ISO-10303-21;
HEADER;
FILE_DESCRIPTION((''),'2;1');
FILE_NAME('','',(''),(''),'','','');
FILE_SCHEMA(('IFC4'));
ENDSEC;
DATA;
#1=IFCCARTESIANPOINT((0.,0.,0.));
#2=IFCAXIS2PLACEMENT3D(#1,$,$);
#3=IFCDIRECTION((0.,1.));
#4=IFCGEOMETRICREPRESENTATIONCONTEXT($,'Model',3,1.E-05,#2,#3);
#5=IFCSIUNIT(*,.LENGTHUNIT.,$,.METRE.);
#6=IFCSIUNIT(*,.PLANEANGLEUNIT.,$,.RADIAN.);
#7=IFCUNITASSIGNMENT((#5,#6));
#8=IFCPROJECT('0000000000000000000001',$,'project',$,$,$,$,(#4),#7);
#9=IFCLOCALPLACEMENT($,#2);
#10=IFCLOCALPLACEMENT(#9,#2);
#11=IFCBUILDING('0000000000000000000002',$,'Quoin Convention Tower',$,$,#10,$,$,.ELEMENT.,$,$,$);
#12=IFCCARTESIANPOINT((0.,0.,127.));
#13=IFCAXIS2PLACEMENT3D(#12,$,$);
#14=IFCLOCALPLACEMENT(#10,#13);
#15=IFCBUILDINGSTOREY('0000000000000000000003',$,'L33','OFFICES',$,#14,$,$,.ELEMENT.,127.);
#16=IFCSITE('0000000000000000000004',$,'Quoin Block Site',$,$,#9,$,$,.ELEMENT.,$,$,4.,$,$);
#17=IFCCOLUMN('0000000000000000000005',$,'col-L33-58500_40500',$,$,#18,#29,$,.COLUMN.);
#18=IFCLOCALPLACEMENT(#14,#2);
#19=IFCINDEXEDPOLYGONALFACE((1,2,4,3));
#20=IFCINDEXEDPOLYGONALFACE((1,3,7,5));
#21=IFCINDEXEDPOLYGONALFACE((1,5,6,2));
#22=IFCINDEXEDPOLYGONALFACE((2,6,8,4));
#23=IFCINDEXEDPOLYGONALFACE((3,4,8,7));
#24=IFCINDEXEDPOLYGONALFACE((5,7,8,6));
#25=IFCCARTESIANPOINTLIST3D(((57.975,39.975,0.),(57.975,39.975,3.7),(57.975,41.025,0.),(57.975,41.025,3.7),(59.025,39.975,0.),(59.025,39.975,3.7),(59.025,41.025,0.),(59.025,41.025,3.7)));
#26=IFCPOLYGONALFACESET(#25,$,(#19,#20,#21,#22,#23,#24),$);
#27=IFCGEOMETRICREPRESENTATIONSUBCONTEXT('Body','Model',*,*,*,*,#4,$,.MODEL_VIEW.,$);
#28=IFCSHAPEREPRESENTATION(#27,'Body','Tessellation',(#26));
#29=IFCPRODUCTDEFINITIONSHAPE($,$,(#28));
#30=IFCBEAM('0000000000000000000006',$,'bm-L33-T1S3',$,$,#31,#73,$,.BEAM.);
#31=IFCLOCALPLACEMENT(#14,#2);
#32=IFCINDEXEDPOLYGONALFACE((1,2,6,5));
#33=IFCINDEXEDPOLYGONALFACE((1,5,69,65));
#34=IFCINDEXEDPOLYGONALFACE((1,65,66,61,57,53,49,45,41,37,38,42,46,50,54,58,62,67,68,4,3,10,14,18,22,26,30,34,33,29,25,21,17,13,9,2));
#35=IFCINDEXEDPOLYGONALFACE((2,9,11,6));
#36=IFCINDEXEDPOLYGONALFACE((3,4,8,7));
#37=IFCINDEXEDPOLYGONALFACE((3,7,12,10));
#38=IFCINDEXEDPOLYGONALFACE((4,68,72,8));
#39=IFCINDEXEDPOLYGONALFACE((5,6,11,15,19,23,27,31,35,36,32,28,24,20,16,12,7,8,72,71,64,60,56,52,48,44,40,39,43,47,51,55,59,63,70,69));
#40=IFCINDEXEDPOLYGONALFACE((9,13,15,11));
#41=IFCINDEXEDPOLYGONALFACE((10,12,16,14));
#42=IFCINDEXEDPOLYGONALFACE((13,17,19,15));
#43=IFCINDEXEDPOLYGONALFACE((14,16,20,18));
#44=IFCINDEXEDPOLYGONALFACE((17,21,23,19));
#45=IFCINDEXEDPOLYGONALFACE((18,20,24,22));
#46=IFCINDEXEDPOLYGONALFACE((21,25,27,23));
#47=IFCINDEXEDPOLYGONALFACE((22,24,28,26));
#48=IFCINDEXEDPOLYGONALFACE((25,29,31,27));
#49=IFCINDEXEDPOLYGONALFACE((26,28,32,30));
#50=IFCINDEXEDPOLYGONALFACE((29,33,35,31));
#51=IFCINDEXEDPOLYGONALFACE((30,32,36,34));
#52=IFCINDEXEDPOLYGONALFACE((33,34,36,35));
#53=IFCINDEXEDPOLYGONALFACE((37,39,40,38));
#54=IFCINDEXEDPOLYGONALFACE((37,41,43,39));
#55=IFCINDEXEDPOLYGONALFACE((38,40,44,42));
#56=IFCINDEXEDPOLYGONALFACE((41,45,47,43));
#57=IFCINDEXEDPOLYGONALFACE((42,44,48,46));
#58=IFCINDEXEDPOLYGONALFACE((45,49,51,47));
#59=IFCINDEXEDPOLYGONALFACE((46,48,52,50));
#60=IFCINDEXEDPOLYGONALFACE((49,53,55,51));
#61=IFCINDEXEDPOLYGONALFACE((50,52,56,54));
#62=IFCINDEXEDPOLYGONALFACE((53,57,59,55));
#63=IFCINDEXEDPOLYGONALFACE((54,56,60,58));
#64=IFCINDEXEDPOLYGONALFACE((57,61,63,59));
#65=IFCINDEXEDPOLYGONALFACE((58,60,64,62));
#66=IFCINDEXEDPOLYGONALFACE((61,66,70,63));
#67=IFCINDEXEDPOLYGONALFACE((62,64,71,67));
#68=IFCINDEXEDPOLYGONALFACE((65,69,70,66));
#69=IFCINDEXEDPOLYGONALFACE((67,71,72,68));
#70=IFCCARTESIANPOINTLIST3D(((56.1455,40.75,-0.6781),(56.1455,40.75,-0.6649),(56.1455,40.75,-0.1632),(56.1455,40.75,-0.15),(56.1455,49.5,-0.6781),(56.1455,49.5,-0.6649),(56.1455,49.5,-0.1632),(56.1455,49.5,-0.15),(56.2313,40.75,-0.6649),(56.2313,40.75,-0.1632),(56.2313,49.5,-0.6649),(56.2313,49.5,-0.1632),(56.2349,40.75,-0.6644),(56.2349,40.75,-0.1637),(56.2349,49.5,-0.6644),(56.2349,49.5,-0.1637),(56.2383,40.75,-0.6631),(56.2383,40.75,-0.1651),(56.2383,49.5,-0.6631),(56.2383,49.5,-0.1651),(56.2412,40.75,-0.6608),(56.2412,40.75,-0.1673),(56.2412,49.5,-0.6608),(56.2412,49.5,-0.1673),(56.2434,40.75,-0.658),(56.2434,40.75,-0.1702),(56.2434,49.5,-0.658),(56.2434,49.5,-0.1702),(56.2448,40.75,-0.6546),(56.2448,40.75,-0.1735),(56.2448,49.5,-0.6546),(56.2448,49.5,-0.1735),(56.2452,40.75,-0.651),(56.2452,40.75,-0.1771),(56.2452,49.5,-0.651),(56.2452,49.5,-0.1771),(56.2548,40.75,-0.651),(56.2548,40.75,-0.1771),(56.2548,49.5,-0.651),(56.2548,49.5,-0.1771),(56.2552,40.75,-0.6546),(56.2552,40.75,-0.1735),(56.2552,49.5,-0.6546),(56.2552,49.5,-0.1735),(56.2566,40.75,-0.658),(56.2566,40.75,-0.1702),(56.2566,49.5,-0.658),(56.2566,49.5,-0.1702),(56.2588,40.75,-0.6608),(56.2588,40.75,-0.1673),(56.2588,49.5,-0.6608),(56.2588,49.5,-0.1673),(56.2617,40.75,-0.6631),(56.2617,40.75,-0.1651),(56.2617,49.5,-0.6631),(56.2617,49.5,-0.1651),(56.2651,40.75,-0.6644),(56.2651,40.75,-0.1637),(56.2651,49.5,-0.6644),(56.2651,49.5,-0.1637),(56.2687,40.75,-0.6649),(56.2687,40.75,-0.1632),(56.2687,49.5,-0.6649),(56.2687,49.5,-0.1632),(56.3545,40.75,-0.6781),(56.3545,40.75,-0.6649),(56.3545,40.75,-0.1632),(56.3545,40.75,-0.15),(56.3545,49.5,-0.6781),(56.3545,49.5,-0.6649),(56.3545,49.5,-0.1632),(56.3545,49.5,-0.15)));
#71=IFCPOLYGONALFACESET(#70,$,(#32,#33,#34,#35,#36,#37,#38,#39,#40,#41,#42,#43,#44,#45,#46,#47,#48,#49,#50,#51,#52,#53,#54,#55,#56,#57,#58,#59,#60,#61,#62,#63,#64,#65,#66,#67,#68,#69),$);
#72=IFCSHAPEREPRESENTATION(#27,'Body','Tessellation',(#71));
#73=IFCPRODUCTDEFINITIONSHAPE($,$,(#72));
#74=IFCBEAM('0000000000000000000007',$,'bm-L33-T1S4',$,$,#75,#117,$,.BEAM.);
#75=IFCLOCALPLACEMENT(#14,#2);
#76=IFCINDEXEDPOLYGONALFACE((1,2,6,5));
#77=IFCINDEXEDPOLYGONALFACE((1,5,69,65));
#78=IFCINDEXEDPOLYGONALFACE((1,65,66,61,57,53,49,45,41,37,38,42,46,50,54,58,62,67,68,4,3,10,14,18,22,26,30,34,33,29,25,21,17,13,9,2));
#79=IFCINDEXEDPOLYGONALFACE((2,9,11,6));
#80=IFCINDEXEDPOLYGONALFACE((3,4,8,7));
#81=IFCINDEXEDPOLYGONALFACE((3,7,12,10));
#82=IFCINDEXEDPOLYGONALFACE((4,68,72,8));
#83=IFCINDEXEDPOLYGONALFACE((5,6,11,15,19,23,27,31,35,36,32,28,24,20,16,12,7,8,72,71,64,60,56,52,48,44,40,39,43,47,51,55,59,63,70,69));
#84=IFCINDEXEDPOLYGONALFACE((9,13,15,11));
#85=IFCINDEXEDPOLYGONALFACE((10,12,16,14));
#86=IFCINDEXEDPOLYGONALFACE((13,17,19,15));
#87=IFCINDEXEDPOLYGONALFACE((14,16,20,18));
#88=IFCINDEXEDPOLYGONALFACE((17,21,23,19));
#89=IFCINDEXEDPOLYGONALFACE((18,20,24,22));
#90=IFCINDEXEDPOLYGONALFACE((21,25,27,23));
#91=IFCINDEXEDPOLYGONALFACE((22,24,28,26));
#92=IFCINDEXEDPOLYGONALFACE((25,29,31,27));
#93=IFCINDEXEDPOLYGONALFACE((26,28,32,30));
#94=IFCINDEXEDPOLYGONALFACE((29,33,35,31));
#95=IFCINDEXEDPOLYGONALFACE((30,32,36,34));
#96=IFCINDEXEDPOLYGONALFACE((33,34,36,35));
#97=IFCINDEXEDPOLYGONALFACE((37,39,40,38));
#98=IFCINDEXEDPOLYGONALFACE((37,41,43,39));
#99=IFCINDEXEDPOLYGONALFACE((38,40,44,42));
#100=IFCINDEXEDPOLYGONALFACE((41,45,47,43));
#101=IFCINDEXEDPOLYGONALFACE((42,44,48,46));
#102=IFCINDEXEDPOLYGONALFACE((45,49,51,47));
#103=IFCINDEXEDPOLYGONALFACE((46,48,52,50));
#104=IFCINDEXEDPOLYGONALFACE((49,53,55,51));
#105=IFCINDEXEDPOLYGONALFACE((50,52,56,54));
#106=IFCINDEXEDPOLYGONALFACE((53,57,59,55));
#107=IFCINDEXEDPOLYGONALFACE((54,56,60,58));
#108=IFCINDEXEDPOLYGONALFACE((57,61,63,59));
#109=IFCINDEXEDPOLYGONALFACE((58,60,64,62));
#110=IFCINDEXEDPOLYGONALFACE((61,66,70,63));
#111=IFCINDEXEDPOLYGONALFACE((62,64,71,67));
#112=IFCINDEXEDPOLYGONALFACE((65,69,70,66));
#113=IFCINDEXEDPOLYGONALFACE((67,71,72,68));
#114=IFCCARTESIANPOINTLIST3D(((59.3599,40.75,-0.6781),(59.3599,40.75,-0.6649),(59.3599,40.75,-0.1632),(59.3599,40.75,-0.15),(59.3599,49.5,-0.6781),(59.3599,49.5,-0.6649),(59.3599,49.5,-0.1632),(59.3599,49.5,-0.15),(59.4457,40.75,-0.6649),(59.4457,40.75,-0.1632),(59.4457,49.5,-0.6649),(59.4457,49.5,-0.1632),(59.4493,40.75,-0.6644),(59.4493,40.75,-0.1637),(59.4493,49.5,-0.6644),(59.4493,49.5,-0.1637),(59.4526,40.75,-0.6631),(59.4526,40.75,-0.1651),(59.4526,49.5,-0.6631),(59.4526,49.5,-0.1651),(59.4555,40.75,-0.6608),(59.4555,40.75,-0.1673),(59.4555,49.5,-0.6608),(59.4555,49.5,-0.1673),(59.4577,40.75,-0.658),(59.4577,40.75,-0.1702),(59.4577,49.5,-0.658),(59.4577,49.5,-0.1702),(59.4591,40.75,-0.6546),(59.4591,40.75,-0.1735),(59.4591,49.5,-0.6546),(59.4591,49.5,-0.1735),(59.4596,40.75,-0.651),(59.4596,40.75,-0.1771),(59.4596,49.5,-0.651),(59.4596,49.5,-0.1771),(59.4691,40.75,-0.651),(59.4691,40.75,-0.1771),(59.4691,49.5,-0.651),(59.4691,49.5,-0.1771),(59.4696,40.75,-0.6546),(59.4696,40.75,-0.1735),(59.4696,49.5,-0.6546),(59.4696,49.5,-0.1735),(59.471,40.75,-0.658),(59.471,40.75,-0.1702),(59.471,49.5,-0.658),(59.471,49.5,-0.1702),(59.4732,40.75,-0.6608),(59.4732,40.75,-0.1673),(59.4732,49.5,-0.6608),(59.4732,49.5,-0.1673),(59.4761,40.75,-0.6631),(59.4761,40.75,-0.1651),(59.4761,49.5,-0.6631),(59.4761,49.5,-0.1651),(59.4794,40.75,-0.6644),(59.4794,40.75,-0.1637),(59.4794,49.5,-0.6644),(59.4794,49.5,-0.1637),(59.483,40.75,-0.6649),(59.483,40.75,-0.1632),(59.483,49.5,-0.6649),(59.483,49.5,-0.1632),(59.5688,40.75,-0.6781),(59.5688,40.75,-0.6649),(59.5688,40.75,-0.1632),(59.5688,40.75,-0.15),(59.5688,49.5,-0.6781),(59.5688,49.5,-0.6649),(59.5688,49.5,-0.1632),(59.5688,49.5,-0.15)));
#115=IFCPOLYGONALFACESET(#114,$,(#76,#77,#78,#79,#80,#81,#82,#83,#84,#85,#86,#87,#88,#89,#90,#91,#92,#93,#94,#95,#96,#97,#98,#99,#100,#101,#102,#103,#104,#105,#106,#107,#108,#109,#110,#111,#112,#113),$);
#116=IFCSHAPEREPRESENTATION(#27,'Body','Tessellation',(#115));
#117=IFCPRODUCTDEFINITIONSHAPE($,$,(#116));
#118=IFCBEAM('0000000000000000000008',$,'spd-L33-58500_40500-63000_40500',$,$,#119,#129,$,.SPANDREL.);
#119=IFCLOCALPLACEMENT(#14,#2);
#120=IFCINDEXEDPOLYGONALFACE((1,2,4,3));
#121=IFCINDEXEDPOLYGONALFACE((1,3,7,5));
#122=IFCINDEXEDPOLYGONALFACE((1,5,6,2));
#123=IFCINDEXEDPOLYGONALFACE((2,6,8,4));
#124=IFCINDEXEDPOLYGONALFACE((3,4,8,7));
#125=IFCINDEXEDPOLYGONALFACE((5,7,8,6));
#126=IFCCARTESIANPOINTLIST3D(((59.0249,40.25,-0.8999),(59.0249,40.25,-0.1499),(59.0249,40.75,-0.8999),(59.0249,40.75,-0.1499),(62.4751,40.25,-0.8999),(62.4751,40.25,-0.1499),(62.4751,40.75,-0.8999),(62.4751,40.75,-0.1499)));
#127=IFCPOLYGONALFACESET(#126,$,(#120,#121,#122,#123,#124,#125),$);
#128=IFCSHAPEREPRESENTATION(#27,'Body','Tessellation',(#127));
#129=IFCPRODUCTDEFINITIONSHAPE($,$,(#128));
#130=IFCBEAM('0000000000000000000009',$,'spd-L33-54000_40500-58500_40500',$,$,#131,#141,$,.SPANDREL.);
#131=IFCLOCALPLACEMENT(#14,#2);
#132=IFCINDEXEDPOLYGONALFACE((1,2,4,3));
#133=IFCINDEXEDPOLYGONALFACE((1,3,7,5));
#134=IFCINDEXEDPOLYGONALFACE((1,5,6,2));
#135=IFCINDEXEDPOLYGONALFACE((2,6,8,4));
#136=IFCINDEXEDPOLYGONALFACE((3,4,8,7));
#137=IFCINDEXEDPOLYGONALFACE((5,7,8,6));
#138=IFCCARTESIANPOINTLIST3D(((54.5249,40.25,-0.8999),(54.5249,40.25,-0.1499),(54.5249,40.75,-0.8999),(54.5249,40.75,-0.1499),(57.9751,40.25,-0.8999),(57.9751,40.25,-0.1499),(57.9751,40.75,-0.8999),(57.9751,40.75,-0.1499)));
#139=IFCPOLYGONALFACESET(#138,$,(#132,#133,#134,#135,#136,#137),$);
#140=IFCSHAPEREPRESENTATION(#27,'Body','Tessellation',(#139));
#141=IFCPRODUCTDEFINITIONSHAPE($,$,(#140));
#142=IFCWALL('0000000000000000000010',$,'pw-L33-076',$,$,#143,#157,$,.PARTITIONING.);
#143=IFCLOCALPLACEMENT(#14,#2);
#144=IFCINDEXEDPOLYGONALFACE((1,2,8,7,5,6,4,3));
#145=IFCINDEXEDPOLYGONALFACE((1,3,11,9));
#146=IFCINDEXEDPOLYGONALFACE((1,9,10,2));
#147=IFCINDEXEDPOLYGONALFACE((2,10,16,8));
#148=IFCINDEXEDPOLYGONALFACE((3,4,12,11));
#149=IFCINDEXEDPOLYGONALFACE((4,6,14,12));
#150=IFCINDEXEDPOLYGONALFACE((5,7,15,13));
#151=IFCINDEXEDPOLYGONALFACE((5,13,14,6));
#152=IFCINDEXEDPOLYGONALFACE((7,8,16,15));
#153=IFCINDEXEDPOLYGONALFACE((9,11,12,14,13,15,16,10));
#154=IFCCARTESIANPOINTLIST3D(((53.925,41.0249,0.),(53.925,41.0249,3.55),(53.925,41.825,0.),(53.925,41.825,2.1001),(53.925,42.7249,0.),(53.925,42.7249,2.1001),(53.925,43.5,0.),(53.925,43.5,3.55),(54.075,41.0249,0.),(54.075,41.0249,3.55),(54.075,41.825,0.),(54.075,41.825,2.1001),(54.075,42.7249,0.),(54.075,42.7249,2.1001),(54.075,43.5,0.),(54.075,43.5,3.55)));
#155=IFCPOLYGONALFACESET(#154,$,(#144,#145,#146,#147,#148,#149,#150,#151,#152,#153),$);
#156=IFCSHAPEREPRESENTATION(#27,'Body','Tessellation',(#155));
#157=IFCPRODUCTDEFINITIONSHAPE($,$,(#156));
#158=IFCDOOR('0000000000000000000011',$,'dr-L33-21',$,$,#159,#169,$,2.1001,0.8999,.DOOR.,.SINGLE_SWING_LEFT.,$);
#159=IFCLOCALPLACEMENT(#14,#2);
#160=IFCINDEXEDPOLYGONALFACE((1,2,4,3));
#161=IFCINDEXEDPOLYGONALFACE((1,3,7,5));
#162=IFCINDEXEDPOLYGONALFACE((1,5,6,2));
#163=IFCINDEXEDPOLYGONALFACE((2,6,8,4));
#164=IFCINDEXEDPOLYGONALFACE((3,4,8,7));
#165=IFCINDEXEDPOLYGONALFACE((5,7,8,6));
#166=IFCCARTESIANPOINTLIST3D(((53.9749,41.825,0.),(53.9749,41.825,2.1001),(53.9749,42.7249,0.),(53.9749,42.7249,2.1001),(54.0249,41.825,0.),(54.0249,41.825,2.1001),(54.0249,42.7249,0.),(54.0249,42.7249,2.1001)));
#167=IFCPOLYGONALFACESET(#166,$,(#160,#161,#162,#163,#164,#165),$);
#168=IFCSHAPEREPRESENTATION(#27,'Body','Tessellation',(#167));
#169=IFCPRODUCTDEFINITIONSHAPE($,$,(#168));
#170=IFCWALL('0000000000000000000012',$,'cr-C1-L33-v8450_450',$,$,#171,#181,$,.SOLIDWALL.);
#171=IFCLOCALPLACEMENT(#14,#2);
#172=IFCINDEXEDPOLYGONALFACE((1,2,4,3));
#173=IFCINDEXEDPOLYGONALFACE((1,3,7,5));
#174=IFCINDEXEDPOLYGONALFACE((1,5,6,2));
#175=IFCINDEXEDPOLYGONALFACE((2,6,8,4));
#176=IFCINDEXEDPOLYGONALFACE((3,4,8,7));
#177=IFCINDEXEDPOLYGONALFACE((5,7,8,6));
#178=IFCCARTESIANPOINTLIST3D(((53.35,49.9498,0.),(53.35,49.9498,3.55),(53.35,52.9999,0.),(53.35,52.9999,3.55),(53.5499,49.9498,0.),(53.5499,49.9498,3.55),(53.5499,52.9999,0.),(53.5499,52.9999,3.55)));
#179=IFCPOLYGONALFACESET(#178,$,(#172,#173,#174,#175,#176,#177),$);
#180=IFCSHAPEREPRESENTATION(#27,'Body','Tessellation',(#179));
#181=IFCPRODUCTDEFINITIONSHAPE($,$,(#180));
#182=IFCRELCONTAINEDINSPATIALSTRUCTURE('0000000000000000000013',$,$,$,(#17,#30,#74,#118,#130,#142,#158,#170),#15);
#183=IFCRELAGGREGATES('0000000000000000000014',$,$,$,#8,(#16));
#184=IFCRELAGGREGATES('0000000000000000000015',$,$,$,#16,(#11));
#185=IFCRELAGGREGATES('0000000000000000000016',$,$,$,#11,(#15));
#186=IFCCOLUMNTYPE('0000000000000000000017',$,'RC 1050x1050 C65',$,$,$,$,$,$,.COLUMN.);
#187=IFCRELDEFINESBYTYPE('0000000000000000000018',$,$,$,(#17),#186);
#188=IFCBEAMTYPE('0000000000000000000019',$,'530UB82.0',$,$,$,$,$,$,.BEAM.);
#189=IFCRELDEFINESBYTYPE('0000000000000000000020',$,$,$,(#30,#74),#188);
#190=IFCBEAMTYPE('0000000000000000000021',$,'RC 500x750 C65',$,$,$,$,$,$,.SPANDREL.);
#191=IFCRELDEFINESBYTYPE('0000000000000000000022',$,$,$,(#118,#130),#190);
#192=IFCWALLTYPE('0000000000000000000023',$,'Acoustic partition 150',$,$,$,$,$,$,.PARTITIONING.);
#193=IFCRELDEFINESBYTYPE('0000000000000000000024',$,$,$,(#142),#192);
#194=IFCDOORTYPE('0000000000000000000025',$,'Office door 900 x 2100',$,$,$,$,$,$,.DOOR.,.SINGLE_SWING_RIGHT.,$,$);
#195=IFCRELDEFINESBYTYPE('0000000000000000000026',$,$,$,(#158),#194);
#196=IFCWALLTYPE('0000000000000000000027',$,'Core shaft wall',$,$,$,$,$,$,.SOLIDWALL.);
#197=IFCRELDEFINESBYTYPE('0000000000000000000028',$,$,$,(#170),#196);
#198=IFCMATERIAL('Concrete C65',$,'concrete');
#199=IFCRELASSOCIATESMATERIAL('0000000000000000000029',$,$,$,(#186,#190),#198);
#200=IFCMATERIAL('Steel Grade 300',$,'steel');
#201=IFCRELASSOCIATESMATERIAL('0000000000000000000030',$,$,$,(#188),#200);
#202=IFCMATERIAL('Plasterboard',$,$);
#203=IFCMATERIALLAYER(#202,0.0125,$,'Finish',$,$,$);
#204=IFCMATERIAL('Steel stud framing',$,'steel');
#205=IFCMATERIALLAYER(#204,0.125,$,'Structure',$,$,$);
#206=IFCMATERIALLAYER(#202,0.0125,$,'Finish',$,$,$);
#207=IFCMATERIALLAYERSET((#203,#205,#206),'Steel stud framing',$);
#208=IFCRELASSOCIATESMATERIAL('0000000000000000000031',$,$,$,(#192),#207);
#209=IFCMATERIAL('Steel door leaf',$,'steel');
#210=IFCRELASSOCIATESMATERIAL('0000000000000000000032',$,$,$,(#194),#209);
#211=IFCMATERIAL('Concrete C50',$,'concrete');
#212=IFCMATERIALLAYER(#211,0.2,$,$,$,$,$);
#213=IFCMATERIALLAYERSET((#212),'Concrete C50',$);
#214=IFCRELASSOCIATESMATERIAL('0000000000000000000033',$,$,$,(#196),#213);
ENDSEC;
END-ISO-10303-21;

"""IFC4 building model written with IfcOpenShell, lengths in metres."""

from ifc_helpers import new_model, si_unit, direction, frame, frame_2d, origin, origin_2d, place, context, subcontext, project, spatial, rectangle, i_section, extrude, material, layer, layer_set, material_profile, profile_set, type_object, element, fill, save


model = new_model("IFC4")

# Units and contexts
model_context = context("Model", 3, precision=1e-05, world=origin(), true_north=direction((0.0, 1.0)))
body_context = subcontext(model_context, "Body", "Model", "MODEL_VIEW")
ifc_project = project(units=[si_unit("LENGTHUNIT", "METRE"), si_unit("PLANEANGLEUNIT", "RADIAN")], contexts=[model_context])

# Site, building, storey
site_placement = place(None, origin())
site = spatial("IfcSite", under=ifc_project, at=site_placement, Name="Quoin Block Site", CompositionType="ELEMENT", RefElevation=4.0)
building_placement = place(site_placement, origin())
building = spatial("IfcBuilding", under=site, at=building_placement, Name="Quoin Convention Tower", CompositionType="ELEMENT")
storey_placement = place(building_placement, frame((0.0, 0.0, 127.0)))
storey = spatial("IfcBuildingStorey", under=building, at=storey_placement, Name="L33", Description="OFFICES", CompositionType="ELEMENT", Elevation=127.0)

# Column
ifc_material_1 = material(Name="Concrete C65", Category="concrete")
ifc_material_profile_1 = material_profile(ifc_material_1, rectangle(XDim=1.05, YDim=1.05, at=origin_2d()), Name="RC 1050x1050")
ifc_profile_set_1 = profile_set([ifc_material_profile_1], Name="Concrete C65")
column_type = type_object("IfcColumnType", Name="RC 1050x1050 C65", PredefinedType="COLUMN", material=ifc_profile_set_1)
column_placement = place(storey_placement, frame((58.5, 40.5, 0.0), z_axis=(0.0, 0.0, 1.0), x_axis=(1.0, 0.0, 0.0)))
element("IfcColumn", 1, at=column_placement, inside=storey, type_object=column_type, Name="col-L33-58500_40500", PredefinedType="COLUMN", context=body_context, shape_type="SweptSolid", body=[
    extrude(rectangle(XDim=1.05, YDim=1.05, at=origin_2d()), origin(), (0.0, 0.0, 1.0), 3.7),
])

# Beams
ifc_material_2 = material(Name="Steel Grade 300", Category="steel")
ifc_material_profile_2 = material_profile(ifc_material_2, i_section(OverallWidth=0.209, OverallDepth=0.5281, WebThickness=0.0095, FlangeThickness=0.0132, FilletRadius=0.0139, at=origin_2d()), Name="530UB82.0")
ifc_profile_set_2 = profile_set([ifc_material_profile_2], Name="Steel Grade 300")
beam_type_1 = type_object("IfcBeamType", Name="530UB82.0", PredefinedType="BEAM", material=ifc_profile_set_2)
for number, where, z_axis, x_axis, name in (
    (2, (56.25, 40.75, -0.4141), (0.0, 1.0, 0.0), (-1.0, 0.0, 0.0), "bm-L33-T1S3"),
    (3, (59.4644, 40.75, -0.4141), (0.0, 1.0, 0.0), (-1.0, 0.0, 0.0), "bm-L33-T1S4"),
):
    element("IfcBeam", number, at=place(storey_placement, frame(where, z_axis=z_axis, x_axis=x_axis)), inside=storey, type_object=beam_type_1, Name=name, PredefinedType="BEAM", context=body_context, shape_type="SweptSolid", body=[
        extrude(i_section(OverallWidth=0.209, OverallDepth=0.5281, WebThickness=0.0095, FlangeThickness=0.0132, FilletRadius=0.0139, at=origin_2d()), origin(), (0.0, 0.0, 1.0), 8.75),
    ])
ifc_material_profile_3 = material_profile(ifc_material_1, rectangle(XDim=0.5, YDim=0.75, at=origin_2d()), Name="RC 500x750")
ifc_profile_set_3 = profile_set([ifc_material_profile_3], Name="Concrete C65")
beam_type_2 = type_object("IfcBeamType", Name="RC 500x750 C65", PredefinedType="SPANDREL", material=ifc_profile_set_3)
for number, where, z_axis, x_axis, name in (
    (4, (59.0249, 40.5, -0.5249), (1.0, 0.0, 0.0), (0.0, 1.0, 0.0), "spd-L33-58500_40500-63000_40500"),
    (5, (54.5249, 40.5, -0.5249), (1.0, 0.0, 0.0), (0.0, 1.0, 0.0), "spd-L33-54000_40500-58500_40500"),
):
    element("IfcBeam", number, at=place(storey_placement, frame(where, z_axis=z_axis, x_axis=x_axis)), inside=storey, type_object=beam_type_2, Name=name, PredefinedType="SPANDREL", context=body_context, shape_type="SweptSolid", body=[
        extrude(rectangle(XDim=0.5, YDim=0.75, at=origin_2d()), origin(), (0.0, 0.0, 1.0), 3.4502),
    ])

# Wall, opening, door
ifc_material_3 = material(Name="Plasterboard")
ifc_layer_1 = layer(ifc_material_3, 0.0125, Name="Finish")
ifc_material_4 = material(Name="Steel stud framing", Category="steel")
ifc_layer_2 = layer(ifc_material_4, 0.125, Name="Structure")
ifc_layer_3 = layer(ifc_material_3, 0.0125, Name="Finish")
ifc_layer_set_1 = layer_set([ifc_layer_1, ifc_layer_2, ifc_layer_3], Name="Steel stud framing")
wall_type_1 = type_object("IfcWallType", Name="Acoustic partition 150", PredefinedType="PARTITIONING", material=ifc_layer_set_1)
wall_1_placement = place(storey_placement, frame((54.0, 41.0249, 0.0), z_axis=(0.0, 0.0, 1.0), x_axis=(0.0, 1.0, 0.0)))
wall_1 = element("IfcWall", 6, at=wall_1_placement, inside=storey, type_object=wall_type_1, Name="pw-L33-076", PredefinedType="PARTITIONING", context=body_context, shape_type="SweptSolid", body=[
    extrude(rectangle(XDim=2.4751, YDim=0.1499, at=frame_2d((1.2375, 0.0))), origin(), (0.0, 0.0, 1.0), 3.55),
])
opening_1_placement = place(wall_1_placement, frame((0.8, 0.0, 0.0)))
opening_1 = element("IfcOpeningElement", 7, at=opening_1_placement, cuts=wall_1, PredefinedType="OPENING", context=body_context, shape_type="SweptSolid", body=[
    extrude(rectangle(XDim=0.8999, YDim=2.1001, at=frame_2d((0.45, 1.05))), frame((0.0, 0.085, 0.0), z_axis=(0.0, -1.0, 0.0), x_axis=(1.0, 0.0, 0.0)), (0.0, 0.0, 1.0), 0.1699),
])
ifc_material_5 = material(Name="Steel door leaf", Category="steel")
door_type = type_object("IfcDoorType", Name="Office door 900 x 2100", OperationType="SINGLE_SWING_RIGHT", PredefinedType="DOOR", material=ifc_material_5)
door_1_placement = place(opening_1_placement, frame((0.8999, 0.0, 0.0), z_axis=(0.0, 0.0, 1.0), x_axis=(-1.0, 0.0, 0.0)))
door_1 = element("IfcDoor", 8, at=door_1_placement, inside=storey, type_object=door_type, Name="dr-L33-21", OperationType="SINGLE_SWING_LEFT", OverallHeight=2.1001, OverallWidth=0.8999, PredefinedType="DOOR", context=body_context, shape_type="SweptSolid", body=[
    extrude(rectangle(XDim=0.8999, YDim=2.1001, at=frame_2d((0.45, 1.05))), frame((0.0, 0.0249, 0.0), z_axis=(0.0, -1.0, 0.0), x_axis=(1.0, 0.0, 0.0)), (0.0, 0.0, 1.0), 0.05),
])
fill(opening_1, door_1)

# Wall
ifc_material_6 = material(Name="Concrete C50", Category="concrete")
ifc_layer_4 = layer(ifc_material_6, 0.2)
ifc_layer_set_2 = layer_set([ifc_layer_4], Name="Concrete C50")
wall_type_2 = type_object("IfcWallType", Name="Core shaft wall", PredefinedType="SOLIDWALL", material=ifc_layer_set_2)
for number, where, z_axis, x_axis, name in (
    (9, (53.45, 49.95, 0.0), (0.0, 0.0, 1.0), (0.0, 1.0, 0.0), "cr-C1-L33-v8450_450"),
):
    element("IfcWall", number, at=place(storey_placement, frame(where, z_axis=z_axis, x_axis=x_axis)), inside=storey, type_object=wall_type_2, Name=name, PredefinedType="SOLIDWALL", context=body_context, shape_type="SweptSolid", body=[
        extrude(rectangle(XDim=3.05, YDim=0.2, at=frame_2d((1.5249, 0.0))), origin(), (0.0, 0.0, 1.0), 3.55),
    ])

save(model, "model.ifc")
